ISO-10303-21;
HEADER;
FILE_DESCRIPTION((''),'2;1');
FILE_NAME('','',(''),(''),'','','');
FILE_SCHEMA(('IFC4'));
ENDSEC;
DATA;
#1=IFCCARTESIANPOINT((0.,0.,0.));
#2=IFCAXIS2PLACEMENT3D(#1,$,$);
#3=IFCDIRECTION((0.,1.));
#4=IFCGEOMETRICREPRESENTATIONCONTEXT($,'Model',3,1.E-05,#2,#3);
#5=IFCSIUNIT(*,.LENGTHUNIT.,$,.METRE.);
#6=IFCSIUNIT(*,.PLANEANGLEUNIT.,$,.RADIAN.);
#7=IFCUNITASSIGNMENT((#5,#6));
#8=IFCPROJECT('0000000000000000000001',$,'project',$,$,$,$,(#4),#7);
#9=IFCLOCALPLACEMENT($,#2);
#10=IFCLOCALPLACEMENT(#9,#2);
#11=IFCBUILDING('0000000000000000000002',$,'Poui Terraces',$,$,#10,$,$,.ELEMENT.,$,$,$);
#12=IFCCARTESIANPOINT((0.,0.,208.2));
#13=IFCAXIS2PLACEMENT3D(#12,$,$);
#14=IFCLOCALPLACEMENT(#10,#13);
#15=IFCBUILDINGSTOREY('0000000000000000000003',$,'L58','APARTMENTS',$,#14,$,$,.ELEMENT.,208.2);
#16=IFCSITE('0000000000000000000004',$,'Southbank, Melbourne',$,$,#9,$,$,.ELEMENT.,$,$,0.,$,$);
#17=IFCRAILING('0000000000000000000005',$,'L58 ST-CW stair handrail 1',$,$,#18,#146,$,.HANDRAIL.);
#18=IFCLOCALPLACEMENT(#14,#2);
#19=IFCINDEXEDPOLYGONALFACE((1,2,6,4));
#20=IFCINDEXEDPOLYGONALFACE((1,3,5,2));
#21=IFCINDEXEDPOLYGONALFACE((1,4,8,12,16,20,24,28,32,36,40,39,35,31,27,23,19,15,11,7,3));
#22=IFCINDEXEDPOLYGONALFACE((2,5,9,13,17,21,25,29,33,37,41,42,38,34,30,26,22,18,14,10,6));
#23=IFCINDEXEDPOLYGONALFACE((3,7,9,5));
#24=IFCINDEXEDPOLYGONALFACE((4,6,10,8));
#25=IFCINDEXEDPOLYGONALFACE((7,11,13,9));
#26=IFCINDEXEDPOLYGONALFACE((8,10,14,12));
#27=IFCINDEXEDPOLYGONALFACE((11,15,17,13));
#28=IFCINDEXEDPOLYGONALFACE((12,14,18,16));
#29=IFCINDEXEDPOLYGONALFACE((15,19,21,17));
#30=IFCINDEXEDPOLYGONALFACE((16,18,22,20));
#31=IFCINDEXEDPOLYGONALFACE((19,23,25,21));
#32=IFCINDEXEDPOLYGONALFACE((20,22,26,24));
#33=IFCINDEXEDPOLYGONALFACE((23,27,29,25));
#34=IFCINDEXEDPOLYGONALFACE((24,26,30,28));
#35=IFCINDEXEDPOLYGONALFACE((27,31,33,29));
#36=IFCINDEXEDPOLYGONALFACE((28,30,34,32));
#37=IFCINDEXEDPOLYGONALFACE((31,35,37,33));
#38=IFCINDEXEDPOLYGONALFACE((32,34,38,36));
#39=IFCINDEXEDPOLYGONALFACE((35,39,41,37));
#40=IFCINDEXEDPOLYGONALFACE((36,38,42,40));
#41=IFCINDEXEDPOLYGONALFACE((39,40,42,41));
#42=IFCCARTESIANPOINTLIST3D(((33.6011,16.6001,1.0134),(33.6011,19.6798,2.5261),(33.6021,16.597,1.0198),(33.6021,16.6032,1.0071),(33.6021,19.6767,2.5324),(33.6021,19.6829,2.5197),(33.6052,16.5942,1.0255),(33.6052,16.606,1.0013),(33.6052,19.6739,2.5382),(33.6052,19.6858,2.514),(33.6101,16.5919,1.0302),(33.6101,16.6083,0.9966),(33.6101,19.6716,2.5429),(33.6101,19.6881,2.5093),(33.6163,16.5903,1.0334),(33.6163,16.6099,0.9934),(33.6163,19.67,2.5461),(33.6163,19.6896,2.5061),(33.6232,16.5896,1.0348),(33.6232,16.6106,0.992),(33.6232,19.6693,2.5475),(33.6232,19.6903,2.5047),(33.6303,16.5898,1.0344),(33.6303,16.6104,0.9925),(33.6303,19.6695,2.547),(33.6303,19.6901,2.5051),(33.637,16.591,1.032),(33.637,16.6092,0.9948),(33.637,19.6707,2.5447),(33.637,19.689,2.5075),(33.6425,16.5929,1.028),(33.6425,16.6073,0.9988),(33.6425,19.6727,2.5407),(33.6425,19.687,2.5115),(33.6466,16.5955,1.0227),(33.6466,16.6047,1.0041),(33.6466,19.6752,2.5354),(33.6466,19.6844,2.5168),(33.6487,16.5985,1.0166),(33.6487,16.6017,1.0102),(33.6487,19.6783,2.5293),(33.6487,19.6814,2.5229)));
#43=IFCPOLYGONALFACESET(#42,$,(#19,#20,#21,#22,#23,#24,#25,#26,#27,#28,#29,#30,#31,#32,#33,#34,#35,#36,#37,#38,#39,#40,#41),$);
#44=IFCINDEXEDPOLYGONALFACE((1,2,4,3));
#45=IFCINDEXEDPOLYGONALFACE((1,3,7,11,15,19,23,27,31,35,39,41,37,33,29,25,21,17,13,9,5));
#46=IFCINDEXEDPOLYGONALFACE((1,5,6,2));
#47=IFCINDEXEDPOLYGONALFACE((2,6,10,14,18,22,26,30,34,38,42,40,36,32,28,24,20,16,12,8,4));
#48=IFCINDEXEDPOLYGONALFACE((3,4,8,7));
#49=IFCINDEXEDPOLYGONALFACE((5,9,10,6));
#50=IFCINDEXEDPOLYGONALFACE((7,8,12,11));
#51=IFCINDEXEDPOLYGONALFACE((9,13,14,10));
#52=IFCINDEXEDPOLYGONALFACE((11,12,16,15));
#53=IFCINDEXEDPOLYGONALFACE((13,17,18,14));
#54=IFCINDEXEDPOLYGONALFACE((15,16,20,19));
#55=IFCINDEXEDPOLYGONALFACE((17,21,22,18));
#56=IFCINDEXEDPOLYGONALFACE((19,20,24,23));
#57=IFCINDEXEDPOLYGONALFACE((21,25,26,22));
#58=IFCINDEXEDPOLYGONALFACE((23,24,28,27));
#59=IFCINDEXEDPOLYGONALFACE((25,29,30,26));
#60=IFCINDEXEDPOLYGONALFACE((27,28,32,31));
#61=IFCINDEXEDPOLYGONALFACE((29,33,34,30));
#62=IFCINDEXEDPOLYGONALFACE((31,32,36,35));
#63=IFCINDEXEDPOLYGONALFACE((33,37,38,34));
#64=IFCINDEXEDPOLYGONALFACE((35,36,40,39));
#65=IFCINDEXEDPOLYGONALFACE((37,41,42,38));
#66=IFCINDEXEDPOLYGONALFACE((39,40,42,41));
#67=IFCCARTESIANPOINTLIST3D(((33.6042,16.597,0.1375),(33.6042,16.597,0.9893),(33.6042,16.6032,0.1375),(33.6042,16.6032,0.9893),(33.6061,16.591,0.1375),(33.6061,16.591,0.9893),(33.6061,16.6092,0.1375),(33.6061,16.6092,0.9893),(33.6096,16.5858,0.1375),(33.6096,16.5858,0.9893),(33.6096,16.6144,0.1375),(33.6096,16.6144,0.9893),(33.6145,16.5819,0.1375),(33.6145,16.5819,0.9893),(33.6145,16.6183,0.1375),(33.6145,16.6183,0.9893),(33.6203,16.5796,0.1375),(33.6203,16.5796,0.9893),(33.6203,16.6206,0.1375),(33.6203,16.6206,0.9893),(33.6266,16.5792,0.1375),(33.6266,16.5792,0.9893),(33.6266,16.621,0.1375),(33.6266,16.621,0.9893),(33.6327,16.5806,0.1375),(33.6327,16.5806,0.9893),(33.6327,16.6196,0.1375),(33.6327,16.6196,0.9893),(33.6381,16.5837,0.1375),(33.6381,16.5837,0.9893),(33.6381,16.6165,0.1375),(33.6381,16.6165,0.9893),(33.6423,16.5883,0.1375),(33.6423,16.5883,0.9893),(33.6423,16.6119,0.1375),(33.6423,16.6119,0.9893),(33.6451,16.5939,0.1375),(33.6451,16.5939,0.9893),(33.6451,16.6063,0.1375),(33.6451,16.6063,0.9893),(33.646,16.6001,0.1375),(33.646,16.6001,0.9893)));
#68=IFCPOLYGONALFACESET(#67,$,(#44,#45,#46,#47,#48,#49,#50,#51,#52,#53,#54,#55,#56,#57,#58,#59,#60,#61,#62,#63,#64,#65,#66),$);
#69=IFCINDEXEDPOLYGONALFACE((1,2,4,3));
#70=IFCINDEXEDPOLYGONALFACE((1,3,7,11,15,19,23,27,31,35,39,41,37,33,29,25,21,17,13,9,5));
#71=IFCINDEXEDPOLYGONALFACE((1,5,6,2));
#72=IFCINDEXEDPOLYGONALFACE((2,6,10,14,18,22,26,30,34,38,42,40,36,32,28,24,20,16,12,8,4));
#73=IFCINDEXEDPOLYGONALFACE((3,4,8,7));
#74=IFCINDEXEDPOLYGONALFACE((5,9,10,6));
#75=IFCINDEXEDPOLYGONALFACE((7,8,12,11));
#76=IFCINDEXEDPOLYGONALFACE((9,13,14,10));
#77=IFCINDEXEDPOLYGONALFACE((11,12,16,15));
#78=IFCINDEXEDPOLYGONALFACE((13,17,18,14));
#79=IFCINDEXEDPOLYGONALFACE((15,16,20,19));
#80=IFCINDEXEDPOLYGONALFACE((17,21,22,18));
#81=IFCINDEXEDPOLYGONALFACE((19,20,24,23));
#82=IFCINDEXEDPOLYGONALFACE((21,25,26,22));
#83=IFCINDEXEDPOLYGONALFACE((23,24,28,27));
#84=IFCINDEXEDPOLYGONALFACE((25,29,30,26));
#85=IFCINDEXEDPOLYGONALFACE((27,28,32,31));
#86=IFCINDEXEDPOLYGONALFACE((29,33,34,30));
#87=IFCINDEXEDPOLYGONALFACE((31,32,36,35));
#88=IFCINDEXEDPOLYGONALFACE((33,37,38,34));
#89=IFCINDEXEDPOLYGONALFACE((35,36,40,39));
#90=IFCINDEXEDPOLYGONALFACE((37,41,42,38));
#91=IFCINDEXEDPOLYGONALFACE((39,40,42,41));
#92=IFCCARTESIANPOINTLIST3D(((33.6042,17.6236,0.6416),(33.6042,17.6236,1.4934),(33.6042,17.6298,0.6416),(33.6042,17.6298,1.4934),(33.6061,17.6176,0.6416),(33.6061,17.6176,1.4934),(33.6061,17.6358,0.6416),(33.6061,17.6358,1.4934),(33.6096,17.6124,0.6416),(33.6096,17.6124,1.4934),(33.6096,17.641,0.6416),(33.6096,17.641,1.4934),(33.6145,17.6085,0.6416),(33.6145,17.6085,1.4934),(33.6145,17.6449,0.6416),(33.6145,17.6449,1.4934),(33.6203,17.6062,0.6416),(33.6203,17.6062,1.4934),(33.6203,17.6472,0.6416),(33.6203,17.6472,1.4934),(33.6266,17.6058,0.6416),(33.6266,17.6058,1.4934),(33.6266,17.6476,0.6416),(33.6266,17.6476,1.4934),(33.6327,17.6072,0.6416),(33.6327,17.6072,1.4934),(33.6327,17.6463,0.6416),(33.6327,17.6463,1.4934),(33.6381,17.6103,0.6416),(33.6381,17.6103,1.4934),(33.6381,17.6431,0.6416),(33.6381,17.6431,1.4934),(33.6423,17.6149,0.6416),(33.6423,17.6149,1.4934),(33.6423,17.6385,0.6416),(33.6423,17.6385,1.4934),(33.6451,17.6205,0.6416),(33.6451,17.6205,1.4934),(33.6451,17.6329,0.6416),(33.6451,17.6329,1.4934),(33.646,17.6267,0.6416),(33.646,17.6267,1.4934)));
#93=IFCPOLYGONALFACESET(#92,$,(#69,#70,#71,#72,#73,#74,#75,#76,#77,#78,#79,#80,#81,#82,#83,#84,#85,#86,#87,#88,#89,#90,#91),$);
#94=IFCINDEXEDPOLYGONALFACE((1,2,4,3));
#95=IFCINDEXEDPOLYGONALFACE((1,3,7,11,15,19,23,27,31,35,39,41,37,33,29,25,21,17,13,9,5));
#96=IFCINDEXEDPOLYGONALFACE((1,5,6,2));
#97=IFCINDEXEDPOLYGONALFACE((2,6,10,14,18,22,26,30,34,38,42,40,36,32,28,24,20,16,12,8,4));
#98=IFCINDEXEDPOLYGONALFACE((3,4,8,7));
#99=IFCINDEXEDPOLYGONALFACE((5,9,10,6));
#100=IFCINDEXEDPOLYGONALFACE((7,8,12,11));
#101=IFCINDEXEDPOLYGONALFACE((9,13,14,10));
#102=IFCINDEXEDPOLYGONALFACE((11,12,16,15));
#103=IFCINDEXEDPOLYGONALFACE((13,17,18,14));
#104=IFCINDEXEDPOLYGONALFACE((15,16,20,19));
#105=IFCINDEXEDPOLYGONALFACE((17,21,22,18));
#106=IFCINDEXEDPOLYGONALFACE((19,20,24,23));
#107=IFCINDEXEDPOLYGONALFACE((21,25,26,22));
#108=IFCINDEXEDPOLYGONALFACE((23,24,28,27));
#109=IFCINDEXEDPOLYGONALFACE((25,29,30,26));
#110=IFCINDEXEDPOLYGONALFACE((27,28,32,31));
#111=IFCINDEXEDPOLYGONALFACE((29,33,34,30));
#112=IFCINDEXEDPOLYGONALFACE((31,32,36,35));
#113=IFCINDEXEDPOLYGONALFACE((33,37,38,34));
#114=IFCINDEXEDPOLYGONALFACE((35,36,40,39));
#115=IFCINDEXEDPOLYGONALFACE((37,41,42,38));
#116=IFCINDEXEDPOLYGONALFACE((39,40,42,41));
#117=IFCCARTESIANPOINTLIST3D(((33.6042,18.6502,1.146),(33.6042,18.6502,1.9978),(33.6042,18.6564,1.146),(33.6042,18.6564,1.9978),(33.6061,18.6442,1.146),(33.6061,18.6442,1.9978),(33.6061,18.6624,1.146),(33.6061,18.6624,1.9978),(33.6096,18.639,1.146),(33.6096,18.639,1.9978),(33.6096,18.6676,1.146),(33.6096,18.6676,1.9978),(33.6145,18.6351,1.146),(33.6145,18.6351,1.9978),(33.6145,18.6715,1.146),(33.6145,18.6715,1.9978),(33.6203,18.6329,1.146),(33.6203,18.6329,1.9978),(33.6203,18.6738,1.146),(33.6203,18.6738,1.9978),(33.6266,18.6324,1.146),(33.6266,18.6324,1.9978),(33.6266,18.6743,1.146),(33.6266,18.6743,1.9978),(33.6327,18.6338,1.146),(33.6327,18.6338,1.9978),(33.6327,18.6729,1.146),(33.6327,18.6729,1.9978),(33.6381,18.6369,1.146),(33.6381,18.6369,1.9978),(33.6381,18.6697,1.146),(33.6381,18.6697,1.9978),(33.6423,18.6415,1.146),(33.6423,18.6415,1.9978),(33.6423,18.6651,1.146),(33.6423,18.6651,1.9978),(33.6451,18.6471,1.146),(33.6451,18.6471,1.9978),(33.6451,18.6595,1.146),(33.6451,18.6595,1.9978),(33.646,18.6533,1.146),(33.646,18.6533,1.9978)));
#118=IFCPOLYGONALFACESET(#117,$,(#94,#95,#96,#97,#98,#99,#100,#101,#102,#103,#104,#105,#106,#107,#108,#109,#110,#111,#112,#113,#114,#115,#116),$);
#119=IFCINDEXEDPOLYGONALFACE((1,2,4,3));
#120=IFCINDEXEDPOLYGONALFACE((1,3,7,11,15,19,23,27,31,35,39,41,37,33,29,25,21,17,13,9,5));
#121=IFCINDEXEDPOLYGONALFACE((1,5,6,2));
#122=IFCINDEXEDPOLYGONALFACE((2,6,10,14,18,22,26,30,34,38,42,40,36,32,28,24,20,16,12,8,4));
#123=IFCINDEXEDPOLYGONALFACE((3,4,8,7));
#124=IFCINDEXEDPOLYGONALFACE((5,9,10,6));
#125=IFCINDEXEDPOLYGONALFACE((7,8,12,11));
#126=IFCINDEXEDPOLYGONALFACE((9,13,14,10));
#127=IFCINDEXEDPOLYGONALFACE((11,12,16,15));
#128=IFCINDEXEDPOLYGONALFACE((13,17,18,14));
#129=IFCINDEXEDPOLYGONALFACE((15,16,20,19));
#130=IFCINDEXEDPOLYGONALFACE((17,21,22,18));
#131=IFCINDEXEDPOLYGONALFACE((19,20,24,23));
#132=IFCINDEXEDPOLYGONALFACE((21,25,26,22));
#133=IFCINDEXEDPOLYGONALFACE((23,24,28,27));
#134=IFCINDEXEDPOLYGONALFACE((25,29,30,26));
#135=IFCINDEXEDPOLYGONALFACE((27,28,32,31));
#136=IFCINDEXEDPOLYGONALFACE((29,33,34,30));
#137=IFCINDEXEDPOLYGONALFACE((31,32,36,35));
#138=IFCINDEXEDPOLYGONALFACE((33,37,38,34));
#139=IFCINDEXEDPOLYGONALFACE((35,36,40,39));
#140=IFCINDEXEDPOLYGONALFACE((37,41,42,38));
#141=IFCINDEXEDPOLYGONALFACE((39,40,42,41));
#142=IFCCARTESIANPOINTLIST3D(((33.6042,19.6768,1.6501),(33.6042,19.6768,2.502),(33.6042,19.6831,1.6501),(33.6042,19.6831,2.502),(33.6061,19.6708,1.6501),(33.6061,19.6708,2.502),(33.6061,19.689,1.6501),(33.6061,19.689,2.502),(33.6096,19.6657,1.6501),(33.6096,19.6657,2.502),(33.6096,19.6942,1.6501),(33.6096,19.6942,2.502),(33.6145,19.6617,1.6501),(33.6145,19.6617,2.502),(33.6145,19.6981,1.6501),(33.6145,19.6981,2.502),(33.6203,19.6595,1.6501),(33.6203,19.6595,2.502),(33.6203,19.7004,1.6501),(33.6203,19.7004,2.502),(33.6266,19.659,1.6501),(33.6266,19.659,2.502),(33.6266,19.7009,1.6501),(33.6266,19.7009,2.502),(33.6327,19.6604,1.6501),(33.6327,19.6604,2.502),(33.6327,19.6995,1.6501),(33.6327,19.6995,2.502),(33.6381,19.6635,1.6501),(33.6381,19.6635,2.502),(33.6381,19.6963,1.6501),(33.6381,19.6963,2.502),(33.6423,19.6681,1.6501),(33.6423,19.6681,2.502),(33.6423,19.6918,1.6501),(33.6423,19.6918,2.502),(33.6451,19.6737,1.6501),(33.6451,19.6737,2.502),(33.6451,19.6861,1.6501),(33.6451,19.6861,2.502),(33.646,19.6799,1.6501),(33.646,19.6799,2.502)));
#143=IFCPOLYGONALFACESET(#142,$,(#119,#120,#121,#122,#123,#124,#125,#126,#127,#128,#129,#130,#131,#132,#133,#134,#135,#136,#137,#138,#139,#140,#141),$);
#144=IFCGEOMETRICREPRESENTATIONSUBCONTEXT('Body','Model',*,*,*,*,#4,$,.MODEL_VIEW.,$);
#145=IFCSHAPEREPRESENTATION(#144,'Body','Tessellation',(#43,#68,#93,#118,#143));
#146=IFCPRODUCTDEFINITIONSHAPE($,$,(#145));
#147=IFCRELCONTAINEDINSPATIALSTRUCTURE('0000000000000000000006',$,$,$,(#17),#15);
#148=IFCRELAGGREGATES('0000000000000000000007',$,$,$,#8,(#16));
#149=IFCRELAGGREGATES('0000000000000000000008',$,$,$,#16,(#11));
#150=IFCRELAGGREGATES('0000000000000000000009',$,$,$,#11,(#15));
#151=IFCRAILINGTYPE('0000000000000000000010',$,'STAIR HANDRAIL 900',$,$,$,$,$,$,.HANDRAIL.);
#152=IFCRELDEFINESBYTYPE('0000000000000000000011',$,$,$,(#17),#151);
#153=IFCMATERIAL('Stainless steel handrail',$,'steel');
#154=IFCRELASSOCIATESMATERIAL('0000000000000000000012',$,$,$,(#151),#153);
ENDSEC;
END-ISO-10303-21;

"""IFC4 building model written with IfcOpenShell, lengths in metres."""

from ifc_helpers import new_model, si_unit, direction, frame, origin, origin_2d, place, context, subcontext, project, spatial, circle, extrude, material, type_object, element, save


model = new_model("IFC4")

# Units and contexts
model_context = context("Model", 3, precision=1e-05, world=origin(), true_north=direction((0.0, 1.0)))
body_context = subcontext(model_context, "Body", "Model", "MODEL_VIEW")
ifc_project = project(units=[si_unit("LENGTHUNIT", "METRE"), si_unit("PLANEANGLEUNIT", "RADIAN")], contexts=[model_context])

# Site, building, storey
site_placement = place(None, origin())
site = spatial("IfcSite", under=ifc_project, at=site_placement, Name="Southbank, Melbourne", CompositionType="ELEMENT", RefElevation=0.0)
building_placement = place(site_placement, origin())
building = spatial("IfcBuilding", under=site, at=building_placement, Name="Poui Terraces", CompositionType="ELEMENT")
storey_placement = place(building_placement, frame((0.0, 0.0, 208.2)))
storey = spatial("IfcBuildingStorey", under=building, at=storey_placement, Name="L58", Description="APARTMENTS", CompositionType="ELEMENT", Elevation=208.2)

# Railing
ifc_material_1 = material(Name="Stainless steel handrail", Category="steel")
railing_type_1 = type_object("IfcRailingType", Name="STAIR HANDRAIL 900", PredefinedType="HANDRAIL", material=ifc_material_1)
railing_1_placement = place(storey_placement, frame((33.625, 16.6001, 0.1375)))
element("IfcRailing", 1, at=railing_1_placement, inside=storey, type_object=railing_type_1, Name="L58 ST-CW stair handrail 1", PredefinedType="HANDRAIL", context=body_context, shape_type="SweptSolid", body=[
    extrude(circle(Radius=0.0239, at=origin_2d()), frame((0.0, 0.0, 0.876), z_axis=(0.0, 0.897578, 0.440856), x_axis=(-1.0, 0.0, 0.0)), (0.0, 0.0, 1.0), 3.4312),
    extrude(circle(Radius=0.021, at=origin_2d()), origin(), (0.0, 0.0, 1.0), 0.8518),
    extrude(circle(Radius=0.021, at=origin_2d()), frame((0.0, 1.0266, 0.5042)), (0.0, 0.0, 1.0), 0.8518),
    extrude(circle(Radius=0.021, at=origin_2d()), frame((0.0, 2.0532, 1.0085)), (0.0, 0.0, 1.0), 0.8518),
    extrude(circle(Radius=0.021, at=origin_2d()), frame((0.0, 3.0798, 1.5127)), (0.0, 0.0, 1.0), 0.8518),
])

save(model, "model.ifc")
